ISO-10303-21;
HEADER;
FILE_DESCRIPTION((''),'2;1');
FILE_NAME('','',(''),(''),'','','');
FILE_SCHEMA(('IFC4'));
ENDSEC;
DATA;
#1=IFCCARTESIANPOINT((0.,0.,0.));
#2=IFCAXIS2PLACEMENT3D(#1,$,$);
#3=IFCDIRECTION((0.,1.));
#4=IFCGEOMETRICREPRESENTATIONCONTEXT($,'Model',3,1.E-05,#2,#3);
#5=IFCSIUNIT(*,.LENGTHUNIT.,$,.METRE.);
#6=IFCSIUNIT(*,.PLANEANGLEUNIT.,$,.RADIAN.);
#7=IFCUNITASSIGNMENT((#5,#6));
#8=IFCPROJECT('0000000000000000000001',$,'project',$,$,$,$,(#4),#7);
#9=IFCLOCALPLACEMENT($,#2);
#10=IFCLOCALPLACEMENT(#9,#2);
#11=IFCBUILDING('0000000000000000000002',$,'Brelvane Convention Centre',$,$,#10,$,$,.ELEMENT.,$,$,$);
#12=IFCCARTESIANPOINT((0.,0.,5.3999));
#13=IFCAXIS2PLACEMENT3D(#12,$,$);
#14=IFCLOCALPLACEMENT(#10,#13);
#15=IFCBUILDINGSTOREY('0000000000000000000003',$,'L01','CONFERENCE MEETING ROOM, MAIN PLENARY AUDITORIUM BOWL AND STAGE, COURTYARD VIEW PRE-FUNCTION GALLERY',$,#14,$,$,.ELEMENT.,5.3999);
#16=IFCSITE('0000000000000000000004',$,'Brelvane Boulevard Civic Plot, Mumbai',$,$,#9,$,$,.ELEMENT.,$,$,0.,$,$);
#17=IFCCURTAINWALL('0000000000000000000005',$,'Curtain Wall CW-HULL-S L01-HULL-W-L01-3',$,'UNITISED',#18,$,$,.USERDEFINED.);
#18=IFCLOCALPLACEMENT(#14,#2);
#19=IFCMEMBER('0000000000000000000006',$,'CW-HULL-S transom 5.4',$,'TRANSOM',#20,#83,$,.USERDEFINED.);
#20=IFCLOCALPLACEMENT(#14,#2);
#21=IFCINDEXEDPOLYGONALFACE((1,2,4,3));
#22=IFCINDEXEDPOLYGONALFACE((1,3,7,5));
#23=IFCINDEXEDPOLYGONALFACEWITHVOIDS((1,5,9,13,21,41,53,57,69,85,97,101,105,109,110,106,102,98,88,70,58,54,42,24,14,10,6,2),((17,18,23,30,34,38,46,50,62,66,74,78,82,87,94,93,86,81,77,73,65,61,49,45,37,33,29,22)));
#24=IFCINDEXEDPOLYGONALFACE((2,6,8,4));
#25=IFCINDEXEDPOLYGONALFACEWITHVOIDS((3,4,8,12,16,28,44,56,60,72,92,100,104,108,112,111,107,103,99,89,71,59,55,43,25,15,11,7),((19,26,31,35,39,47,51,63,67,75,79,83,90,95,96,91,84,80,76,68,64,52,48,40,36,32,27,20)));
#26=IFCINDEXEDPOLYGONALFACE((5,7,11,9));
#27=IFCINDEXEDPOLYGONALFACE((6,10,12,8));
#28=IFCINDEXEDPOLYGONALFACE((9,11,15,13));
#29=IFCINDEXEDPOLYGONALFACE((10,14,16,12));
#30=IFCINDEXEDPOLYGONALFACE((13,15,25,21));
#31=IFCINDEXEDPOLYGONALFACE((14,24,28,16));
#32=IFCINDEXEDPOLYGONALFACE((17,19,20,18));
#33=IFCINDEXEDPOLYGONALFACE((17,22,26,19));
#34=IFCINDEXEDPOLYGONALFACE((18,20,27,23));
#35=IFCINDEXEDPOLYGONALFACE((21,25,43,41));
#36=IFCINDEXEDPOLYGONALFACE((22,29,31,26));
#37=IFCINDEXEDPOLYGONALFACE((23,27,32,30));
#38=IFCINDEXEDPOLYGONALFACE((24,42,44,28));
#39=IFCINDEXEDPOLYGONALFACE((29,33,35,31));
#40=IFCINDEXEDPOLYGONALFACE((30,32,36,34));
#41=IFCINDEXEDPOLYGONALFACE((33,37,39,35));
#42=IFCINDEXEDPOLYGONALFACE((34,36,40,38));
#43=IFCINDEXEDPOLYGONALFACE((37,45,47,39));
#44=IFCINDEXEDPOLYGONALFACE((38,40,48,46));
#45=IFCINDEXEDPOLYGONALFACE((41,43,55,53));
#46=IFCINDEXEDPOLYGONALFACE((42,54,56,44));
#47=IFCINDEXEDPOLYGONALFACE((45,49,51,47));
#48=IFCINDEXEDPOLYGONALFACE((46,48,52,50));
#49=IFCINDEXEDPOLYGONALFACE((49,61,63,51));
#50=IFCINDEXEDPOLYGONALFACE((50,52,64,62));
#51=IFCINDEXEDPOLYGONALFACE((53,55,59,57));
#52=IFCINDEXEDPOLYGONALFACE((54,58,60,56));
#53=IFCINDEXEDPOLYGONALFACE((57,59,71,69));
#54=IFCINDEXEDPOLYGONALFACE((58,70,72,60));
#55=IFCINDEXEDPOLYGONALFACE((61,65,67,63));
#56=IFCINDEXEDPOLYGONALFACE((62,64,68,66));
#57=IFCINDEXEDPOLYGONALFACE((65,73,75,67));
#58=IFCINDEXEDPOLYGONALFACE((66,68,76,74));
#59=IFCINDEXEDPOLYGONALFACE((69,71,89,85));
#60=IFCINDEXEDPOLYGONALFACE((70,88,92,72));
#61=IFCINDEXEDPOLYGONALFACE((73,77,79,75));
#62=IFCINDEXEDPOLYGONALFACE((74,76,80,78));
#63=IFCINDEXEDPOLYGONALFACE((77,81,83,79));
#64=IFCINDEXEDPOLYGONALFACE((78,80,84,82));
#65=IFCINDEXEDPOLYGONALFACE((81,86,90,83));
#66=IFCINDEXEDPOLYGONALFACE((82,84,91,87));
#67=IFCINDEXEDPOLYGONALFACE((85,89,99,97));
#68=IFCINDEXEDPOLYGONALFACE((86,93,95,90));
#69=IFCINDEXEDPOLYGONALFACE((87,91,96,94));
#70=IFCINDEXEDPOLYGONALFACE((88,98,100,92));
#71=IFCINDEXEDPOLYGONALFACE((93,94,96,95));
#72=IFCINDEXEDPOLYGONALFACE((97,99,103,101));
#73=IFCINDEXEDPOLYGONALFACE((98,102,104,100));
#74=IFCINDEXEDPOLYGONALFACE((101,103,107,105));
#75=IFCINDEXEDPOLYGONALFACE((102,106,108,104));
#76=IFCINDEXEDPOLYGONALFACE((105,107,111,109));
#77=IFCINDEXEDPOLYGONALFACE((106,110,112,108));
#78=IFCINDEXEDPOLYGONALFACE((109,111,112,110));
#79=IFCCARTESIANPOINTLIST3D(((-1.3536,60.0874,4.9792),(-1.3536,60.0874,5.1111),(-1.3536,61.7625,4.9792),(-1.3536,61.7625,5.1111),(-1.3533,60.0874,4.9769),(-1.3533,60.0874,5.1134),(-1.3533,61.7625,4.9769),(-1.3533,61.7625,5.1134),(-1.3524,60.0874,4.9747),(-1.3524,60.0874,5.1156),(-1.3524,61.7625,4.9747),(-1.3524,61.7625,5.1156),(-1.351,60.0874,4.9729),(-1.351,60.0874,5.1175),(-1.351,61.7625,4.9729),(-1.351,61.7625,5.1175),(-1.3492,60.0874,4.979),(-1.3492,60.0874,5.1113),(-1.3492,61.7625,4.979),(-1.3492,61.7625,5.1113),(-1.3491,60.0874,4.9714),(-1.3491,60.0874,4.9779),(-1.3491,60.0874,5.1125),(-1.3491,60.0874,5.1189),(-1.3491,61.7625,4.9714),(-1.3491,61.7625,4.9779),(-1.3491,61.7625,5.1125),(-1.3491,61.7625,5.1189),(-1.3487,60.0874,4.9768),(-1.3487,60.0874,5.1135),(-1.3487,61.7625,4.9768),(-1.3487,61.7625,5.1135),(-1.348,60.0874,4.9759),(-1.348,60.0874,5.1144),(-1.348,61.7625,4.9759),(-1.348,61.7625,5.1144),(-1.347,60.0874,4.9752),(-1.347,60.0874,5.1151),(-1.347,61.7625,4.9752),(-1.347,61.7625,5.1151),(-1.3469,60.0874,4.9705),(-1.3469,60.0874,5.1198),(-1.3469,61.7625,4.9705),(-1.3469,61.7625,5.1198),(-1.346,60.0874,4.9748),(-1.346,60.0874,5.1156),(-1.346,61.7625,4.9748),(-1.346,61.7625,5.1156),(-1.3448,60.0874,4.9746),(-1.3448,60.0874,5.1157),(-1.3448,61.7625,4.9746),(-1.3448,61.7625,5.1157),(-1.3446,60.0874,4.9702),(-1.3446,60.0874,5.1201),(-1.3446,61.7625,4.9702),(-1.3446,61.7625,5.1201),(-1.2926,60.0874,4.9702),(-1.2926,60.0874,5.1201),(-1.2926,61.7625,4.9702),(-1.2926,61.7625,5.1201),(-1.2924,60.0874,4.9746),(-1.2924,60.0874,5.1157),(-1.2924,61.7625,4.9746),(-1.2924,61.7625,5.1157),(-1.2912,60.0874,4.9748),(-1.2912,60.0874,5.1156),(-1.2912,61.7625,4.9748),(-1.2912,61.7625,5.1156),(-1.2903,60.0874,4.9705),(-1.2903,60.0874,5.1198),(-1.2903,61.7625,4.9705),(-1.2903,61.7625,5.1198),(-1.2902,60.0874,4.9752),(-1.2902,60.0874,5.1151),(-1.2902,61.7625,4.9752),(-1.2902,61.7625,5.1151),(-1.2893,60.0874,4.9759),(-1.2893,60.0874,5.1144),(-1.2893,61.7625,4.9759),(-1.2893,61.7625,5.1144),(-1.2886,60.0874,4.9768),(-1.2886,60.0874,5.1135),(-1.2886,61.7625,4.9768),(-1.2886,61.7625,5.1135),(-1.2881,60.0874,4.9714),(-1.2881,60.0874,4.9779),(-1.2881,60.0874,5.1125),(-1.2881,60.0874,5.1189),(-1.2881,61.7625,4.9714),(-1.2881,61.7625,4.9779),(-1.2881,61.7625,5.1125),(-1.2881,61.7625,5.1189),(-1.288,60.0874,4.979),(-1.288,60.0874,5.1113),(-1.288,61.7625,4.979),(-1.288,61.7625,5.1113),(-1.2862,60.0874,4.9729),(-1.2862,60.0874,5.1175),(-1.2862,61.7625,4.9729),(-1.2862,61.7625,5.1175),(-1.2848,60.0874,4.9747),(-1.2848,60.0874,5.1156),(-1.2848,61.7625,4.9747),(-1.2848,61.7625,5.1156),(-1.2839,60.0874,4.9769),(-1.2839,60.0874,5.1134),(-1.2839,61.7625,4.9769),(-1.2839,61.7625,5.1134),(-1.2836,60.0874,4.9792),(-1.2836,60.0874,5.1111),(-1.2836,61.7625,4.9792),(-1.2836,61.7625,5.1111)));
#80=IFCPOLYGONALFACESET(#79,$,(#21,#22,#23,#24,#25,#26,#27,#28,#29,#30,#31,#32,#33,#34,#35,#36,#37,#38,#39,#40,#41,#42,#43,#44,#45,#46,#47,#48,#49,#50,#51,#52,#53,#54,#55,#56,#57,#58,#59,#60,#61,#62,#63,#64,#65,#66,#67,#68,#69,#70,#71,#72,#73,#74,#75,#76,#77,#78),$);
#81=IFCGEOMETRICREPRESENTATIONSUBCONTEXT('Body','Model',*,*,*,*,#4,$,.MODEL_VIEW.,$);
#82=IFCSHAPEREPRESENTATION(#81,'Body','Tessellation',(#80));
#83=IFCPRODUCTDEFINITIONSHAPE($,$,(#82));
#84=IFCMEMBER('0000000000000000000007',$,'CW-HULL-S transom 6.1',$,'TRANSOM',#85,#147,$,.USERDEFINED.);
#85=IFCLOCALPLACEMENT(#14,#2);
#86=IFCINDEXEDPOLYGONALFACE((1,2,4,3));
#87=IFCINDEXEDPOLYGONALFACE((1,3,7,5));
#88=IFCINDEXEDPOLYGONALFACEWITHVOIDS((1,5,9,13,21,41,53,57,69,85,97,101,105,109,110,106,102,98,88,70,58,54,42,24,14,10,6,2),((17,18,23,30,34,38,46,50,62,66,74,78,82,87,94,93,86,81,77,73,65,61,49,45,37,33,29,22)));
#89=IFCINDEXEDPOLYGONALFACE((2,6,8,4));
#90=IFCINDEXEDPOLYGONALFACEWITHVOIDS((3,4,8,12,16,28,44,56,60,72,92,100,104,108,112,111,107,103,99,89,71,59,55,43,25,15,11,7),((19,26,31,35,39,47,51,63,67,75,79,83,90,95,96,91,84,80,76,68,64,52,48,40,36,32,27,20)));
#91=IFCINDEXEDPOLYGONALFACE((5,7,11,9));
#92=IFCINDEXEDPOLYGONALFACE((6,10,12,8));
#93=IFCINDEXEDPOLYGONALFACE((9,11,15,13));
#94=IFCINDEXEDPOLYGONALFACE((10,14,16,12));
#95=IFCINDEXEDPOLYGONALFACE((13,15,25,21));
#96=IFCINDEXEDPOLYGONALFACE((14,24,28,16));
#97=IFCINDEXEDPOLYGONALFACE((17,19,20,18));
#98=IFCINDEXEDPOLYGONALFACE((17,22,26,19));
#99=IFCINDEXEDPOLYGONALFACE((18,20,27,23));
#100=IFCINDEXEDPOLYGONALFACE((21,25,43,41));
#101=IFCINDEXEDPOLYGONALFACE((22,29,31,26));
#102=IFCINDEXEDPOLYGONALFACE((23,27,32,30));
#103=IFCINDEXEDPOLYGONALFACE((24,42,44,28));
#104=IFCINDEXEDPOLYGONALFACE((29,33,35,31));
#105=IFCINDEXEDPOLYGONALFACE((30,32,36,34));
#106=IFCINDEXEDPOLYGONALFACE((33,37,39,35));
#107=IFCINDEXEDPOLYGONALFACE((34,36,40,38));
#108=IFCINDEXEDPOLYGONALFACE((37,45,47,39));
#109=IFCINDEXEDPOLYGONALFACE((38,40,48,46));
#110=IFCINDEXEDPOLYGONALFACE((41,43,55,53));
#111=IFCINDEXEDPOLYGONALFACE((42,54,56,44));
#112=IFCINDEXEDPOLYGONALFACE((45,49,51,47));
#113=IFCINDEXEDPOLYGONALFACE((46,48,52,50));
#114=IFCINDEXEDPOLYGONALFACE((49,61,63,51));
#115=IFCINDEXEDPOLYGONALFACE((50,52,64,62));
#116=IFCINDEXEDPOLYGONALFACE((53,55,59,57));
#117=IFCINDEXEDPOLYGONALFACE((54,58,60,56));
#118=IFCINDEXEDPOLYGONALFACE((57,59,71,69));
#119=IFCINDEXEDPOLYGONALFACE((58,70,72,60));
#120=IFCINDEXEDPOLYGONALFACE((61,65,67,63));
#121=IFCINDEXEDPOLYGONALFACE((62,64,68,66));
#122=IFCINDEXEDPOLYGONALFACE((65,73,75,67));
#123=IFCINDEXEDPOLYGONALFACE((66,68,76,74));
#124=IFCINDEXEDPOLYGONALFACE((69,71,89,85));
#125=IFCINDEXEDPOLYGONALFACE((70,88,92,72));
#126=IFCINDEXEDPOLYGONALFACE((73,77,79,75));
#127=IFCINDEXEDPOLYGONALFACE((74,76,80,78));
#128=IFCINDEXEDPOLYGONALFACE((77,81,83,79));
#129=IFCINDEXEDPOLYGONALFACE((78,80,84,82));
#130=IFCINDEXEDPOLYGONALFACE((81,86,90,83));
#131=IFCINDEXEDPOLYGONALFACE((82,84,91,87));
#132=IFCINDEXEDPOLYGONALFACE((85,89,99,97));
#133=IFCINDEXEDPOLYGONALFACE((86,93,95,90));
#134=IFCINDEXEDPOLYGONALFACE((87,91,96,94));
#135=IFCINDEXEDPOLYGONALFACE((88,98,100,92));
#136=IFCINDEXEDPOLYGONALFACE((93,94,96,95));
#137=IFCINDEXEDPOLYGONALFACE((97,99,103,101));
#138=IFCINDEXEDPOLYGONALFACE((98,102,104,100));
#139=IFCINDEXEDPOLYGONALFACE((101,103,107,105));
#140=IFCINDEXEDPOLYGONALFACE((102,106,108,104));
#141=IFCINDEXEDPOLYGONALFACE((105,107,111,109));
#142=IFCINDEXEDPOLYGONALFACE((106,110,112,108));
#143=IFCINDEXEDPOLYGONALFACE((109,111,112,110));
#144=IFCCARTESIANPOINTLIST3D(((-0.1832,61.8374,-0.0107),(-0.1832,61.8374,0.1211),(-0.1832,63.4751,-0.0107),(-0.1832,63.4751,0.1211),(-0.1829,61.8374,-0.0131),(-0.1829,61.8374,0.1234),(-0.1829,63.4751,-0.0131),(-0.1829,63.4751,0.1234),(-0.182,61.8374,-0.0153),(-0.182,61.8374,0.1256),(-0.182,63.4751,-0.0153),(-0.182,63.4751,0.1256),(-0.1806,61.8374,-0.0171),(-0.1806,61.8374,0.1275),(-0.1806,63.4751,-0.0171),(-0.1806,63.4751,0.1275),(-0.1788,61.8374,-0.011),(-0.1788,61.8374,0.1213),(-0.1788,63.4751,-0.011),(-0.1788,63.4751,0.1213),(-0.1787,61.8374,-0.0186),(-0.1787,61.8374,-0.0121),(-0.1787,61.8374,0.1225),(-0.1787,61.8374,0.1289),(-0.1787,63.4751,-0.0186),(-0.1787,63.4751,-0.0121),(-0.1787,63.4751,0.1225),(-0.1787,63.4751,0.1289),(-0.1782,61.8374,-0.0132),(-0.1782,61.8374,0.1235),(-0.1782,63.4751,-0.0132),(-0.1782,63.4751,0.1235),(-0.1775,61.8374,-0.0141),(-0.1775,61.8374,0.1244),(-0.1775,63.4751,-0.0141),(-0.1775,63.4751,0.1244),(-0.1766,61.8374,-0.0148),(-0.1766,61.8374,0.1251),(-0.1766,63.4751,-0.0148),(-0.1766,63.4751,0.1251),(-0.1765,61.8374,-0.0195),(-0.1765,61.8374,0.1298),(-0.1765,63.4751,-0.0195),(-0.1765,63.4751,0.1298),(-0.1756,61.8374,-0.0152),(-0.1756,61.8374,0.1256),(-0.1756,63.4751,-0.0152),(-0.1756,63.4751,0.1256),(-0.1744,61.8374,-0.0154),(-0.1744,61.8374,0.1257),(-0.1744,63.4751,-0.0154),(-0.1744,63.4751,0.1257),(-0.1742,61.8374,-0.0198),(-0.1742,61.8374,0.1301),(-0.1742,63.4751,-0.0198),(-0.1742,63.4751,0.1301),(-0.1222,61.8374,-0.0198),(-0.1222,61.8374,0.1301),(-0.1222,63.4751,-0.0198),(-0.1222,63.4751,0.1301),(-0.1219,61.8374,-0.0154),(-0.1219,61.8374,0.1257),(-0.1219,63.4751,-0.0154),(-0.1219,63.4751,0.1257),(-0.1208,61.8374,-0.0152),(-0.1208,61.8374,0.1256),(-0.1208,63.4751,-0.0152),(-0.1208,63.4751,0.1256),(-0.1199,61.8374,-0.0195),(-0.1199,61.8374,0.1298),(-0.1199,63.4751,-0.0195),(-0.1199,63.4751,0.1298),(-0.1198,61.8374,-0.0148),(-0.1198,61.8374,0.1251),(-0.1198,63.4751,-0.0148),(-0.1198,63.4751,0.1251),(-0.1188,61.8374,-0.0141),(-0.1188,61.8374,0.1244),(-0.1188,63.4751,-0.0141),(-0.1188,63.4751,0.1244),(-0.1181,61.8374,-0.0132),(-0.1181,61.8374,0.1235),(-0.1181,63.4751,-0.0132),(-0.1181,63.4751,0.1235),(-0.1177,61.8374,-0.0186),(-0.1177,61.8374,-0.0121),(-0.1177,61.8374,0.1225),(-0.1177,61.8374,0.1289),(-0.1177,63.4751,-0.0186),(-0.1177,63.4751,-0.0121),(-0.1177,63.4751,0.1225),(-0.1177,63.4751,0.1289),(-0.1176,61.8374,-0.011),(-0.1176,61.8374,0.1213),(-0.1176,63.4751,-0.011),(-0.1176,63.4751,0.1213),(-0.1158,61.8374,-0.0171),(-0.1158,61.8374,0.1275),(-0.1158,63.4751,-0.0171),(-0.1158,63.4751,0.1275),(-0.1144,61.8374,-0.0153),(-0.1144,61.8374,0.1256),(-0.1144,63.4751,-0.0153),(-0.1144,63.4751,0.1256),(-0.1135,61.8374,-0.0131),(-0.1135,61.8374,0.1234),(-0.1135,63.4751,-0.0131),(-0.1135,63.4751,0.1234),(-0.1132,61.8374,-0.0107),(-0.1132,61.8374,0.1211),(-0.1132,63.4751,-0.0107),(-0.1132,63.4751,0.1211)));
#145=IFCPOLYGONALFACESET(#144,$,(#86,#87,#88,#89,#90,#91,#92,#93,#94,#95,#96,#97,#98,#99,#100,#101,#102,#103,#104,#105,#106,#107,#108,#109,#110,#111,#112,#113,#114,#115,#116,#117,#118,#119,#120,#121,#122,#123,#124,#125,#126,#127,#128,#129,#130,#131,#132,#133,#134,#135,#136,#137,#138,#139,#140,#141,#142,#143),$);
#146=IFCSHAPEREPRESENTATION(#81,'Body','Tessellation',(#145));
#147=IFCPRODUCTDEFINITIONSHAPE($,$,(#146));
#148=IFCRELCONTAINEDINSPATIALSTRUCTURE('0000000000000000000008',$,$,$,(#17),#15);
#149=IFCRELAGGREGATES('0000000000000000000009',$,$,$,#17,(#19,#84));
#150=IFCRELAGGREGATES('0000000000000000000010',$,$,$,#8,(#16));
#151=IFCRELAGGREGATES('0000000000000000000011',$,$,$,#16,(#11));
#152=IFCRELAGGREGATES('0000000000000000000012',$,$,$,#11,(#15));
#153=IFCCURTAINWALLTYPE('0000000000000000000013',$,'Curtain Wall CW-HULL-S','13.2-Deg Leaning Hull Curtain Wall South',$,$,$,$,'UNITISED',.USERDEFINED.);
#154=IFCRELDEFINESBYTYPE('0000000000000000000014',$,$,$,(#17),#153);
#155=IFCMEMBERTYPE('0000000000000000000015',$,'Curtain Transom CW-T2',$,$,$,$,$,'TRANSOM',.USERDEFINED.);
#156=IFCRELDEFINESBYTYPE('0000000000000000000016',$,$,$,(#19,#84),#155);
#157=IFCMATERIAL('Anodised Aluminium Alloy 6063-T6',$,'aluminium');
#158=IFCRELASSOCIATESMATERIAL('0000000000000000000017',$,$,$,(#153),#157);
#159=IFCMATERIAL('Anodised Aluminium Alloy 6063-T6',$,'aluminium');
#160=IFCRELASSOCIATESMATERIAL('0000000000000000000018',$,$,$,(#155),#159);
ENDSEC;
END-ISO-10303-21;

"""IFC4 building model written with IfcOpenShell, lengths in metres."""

from ifc_helpers import new_model, si_unit, direction, frame, origin, origin_2d, place, context, subcontext, project, spatial, hollow_rectangle, extrude, material, material_profile, profile_set, type_object, element, aggregate, save


model = new_model("IFC4")

# Units and contexts
model_context = context("Model", 3, precision=1e-05, world=origin(), true_north=direction((0.0, 1.0)))
body_context = subcontext(model_context, "Body", "Model", "MODEL_VIEW")
ifc_project = project(units=[si_unit("LENGTHUNIT", "METRE"), si_unit("PLANEANGLEUNIT", "RADIAN")], contexts=[model_context])

# Site, building, storey
site_placement = place(None, origin())
site = spatial("IfcSite", under=ifc_project, at=site_placement, Name="Brelvane Boulevard Civic Plot, Mumbai", CompositionType="ELEMENT", RefElevation=0.0)
building_placement = place(site_placement, origin())
building = spatial("IfcBuilding", under=site, at=building_placement, Name="Brelvane Convention Centre", CompositionType="ELEMENT")
storey_placement = place(building_placement, frame((0.0, 0.0, 5.3999)))
storey = spatial("IfcBuildingStorey", under=building, at=storey_placement, Name="L01", Description="CONFERENCE MEETING ROOM, MAIN PLENARY AUDITORIUM BOWL AND STAGE, COURTYARD VIEW PRE-FUNCTION GALLERY", CompositionType="ELEMENT", Elevation=5.3999)

# Curtain wall
ifc_material_1 = material(Name="Anodised Aluminium Alloy 6063-T6", Category="aluminium")
curtain_wall_type = type_object("IfcCurtainWallType", Name="Curtain Wall CW-HULL-S", Description="13.2-Deg Leaning Hull Curtain Wall South", ElementType="UNITISED", PredefinedType="USERDEFINED", material=ifc_material_1)
curtain_wall_1_placement = place(storey_placement, origin())
curtain_wall_1 = element("IfcCurtainWall", 1, at=curtain_wall_1_placement, inside=storey, type_object=curtain_wall_type, Name="Curtain Wall CW-HULL-S L01-HULL-W-L01-3", ObjectType="UNITISED", PredefinedType="USERDEFINED")

# Members
ifc_material_2 = material(Name="Anodised Aluminium Alloy 6063-T6", Category="aluminium")
ifc_material_profile_1 = material_profile(ifc_material_2, hollow_rectangle(XDim=0.0701, YDim=0.1499, WallThickness=0.0044, InnerFilletRadius=0.0044, OuterFilletRadius=0.009, at=origin_2d()), Name="ALU-T 150x70x4.5")
ifc_profile_set_1 = profile_set([ifc_material_profile_1], Name="Anodised Aluminium Alloy 6063-T6")
member_type_1 = type_object("IfcMemberType", Name="Curtain Transom CW-T2", ElementType="TRANSOM", PredefinedType="USERDEFINED", material=ifc_profile_set_1)
member_1_placement = place(storey_placement, frame((-1.3186, 60.0874, 5.0452), z_axis=(0.0, 1.0, 0.0), x_axis=(-1.0, 0.0, 0.0)))
member_1 = element("IfcMember", 2, at=member_1_placement, type_object=member_type_1, Name="CW-HULL-S transom 5.4", ObjectType="TRANSOM", PredefinedType="USERDEFINED", context=body_context, shape_type="SweptSolid", body=[
    extrude(hollow_rectangle(XDim=0.0701, YDim=0.1499, WallThickness=0.0044, InnerFilletRadius=0.0044, OuterFilletRadius=0.009, at=origin_2d()), origin(), (0.0, 0.0, 1.0), 1.675),
])
member_2_placement = place(storey_placement, frame((-0.1482, 61.8374, 0.0552), z_axis=(0.0, 1.0, 0.0), x_axis=(-1.0, 0.0, 0.0)))
member_2 = element("IfcMember", 3, at=member_2_placement, type_object=member_type_1, Name="CW-HULL-S transom 6.1", ObjectType="TRANSOM", PredefinedType="USERDEFINED", context=body_context, shape_type="SweptSolid", body=[
    extrude(hollow_rectangle(XDim=0.0701, YDim=0.1499, WallThickness=0.0044, InnerFilletRadius=0.0044, OuterFilletRadius=0.009, at=origin_2d()), origin(), (0.0, 0.0, 1.0), 1.6377),
])

aggregate(curtain_wall_1, [member_1, member_2])

save(model, "model.ifc")
